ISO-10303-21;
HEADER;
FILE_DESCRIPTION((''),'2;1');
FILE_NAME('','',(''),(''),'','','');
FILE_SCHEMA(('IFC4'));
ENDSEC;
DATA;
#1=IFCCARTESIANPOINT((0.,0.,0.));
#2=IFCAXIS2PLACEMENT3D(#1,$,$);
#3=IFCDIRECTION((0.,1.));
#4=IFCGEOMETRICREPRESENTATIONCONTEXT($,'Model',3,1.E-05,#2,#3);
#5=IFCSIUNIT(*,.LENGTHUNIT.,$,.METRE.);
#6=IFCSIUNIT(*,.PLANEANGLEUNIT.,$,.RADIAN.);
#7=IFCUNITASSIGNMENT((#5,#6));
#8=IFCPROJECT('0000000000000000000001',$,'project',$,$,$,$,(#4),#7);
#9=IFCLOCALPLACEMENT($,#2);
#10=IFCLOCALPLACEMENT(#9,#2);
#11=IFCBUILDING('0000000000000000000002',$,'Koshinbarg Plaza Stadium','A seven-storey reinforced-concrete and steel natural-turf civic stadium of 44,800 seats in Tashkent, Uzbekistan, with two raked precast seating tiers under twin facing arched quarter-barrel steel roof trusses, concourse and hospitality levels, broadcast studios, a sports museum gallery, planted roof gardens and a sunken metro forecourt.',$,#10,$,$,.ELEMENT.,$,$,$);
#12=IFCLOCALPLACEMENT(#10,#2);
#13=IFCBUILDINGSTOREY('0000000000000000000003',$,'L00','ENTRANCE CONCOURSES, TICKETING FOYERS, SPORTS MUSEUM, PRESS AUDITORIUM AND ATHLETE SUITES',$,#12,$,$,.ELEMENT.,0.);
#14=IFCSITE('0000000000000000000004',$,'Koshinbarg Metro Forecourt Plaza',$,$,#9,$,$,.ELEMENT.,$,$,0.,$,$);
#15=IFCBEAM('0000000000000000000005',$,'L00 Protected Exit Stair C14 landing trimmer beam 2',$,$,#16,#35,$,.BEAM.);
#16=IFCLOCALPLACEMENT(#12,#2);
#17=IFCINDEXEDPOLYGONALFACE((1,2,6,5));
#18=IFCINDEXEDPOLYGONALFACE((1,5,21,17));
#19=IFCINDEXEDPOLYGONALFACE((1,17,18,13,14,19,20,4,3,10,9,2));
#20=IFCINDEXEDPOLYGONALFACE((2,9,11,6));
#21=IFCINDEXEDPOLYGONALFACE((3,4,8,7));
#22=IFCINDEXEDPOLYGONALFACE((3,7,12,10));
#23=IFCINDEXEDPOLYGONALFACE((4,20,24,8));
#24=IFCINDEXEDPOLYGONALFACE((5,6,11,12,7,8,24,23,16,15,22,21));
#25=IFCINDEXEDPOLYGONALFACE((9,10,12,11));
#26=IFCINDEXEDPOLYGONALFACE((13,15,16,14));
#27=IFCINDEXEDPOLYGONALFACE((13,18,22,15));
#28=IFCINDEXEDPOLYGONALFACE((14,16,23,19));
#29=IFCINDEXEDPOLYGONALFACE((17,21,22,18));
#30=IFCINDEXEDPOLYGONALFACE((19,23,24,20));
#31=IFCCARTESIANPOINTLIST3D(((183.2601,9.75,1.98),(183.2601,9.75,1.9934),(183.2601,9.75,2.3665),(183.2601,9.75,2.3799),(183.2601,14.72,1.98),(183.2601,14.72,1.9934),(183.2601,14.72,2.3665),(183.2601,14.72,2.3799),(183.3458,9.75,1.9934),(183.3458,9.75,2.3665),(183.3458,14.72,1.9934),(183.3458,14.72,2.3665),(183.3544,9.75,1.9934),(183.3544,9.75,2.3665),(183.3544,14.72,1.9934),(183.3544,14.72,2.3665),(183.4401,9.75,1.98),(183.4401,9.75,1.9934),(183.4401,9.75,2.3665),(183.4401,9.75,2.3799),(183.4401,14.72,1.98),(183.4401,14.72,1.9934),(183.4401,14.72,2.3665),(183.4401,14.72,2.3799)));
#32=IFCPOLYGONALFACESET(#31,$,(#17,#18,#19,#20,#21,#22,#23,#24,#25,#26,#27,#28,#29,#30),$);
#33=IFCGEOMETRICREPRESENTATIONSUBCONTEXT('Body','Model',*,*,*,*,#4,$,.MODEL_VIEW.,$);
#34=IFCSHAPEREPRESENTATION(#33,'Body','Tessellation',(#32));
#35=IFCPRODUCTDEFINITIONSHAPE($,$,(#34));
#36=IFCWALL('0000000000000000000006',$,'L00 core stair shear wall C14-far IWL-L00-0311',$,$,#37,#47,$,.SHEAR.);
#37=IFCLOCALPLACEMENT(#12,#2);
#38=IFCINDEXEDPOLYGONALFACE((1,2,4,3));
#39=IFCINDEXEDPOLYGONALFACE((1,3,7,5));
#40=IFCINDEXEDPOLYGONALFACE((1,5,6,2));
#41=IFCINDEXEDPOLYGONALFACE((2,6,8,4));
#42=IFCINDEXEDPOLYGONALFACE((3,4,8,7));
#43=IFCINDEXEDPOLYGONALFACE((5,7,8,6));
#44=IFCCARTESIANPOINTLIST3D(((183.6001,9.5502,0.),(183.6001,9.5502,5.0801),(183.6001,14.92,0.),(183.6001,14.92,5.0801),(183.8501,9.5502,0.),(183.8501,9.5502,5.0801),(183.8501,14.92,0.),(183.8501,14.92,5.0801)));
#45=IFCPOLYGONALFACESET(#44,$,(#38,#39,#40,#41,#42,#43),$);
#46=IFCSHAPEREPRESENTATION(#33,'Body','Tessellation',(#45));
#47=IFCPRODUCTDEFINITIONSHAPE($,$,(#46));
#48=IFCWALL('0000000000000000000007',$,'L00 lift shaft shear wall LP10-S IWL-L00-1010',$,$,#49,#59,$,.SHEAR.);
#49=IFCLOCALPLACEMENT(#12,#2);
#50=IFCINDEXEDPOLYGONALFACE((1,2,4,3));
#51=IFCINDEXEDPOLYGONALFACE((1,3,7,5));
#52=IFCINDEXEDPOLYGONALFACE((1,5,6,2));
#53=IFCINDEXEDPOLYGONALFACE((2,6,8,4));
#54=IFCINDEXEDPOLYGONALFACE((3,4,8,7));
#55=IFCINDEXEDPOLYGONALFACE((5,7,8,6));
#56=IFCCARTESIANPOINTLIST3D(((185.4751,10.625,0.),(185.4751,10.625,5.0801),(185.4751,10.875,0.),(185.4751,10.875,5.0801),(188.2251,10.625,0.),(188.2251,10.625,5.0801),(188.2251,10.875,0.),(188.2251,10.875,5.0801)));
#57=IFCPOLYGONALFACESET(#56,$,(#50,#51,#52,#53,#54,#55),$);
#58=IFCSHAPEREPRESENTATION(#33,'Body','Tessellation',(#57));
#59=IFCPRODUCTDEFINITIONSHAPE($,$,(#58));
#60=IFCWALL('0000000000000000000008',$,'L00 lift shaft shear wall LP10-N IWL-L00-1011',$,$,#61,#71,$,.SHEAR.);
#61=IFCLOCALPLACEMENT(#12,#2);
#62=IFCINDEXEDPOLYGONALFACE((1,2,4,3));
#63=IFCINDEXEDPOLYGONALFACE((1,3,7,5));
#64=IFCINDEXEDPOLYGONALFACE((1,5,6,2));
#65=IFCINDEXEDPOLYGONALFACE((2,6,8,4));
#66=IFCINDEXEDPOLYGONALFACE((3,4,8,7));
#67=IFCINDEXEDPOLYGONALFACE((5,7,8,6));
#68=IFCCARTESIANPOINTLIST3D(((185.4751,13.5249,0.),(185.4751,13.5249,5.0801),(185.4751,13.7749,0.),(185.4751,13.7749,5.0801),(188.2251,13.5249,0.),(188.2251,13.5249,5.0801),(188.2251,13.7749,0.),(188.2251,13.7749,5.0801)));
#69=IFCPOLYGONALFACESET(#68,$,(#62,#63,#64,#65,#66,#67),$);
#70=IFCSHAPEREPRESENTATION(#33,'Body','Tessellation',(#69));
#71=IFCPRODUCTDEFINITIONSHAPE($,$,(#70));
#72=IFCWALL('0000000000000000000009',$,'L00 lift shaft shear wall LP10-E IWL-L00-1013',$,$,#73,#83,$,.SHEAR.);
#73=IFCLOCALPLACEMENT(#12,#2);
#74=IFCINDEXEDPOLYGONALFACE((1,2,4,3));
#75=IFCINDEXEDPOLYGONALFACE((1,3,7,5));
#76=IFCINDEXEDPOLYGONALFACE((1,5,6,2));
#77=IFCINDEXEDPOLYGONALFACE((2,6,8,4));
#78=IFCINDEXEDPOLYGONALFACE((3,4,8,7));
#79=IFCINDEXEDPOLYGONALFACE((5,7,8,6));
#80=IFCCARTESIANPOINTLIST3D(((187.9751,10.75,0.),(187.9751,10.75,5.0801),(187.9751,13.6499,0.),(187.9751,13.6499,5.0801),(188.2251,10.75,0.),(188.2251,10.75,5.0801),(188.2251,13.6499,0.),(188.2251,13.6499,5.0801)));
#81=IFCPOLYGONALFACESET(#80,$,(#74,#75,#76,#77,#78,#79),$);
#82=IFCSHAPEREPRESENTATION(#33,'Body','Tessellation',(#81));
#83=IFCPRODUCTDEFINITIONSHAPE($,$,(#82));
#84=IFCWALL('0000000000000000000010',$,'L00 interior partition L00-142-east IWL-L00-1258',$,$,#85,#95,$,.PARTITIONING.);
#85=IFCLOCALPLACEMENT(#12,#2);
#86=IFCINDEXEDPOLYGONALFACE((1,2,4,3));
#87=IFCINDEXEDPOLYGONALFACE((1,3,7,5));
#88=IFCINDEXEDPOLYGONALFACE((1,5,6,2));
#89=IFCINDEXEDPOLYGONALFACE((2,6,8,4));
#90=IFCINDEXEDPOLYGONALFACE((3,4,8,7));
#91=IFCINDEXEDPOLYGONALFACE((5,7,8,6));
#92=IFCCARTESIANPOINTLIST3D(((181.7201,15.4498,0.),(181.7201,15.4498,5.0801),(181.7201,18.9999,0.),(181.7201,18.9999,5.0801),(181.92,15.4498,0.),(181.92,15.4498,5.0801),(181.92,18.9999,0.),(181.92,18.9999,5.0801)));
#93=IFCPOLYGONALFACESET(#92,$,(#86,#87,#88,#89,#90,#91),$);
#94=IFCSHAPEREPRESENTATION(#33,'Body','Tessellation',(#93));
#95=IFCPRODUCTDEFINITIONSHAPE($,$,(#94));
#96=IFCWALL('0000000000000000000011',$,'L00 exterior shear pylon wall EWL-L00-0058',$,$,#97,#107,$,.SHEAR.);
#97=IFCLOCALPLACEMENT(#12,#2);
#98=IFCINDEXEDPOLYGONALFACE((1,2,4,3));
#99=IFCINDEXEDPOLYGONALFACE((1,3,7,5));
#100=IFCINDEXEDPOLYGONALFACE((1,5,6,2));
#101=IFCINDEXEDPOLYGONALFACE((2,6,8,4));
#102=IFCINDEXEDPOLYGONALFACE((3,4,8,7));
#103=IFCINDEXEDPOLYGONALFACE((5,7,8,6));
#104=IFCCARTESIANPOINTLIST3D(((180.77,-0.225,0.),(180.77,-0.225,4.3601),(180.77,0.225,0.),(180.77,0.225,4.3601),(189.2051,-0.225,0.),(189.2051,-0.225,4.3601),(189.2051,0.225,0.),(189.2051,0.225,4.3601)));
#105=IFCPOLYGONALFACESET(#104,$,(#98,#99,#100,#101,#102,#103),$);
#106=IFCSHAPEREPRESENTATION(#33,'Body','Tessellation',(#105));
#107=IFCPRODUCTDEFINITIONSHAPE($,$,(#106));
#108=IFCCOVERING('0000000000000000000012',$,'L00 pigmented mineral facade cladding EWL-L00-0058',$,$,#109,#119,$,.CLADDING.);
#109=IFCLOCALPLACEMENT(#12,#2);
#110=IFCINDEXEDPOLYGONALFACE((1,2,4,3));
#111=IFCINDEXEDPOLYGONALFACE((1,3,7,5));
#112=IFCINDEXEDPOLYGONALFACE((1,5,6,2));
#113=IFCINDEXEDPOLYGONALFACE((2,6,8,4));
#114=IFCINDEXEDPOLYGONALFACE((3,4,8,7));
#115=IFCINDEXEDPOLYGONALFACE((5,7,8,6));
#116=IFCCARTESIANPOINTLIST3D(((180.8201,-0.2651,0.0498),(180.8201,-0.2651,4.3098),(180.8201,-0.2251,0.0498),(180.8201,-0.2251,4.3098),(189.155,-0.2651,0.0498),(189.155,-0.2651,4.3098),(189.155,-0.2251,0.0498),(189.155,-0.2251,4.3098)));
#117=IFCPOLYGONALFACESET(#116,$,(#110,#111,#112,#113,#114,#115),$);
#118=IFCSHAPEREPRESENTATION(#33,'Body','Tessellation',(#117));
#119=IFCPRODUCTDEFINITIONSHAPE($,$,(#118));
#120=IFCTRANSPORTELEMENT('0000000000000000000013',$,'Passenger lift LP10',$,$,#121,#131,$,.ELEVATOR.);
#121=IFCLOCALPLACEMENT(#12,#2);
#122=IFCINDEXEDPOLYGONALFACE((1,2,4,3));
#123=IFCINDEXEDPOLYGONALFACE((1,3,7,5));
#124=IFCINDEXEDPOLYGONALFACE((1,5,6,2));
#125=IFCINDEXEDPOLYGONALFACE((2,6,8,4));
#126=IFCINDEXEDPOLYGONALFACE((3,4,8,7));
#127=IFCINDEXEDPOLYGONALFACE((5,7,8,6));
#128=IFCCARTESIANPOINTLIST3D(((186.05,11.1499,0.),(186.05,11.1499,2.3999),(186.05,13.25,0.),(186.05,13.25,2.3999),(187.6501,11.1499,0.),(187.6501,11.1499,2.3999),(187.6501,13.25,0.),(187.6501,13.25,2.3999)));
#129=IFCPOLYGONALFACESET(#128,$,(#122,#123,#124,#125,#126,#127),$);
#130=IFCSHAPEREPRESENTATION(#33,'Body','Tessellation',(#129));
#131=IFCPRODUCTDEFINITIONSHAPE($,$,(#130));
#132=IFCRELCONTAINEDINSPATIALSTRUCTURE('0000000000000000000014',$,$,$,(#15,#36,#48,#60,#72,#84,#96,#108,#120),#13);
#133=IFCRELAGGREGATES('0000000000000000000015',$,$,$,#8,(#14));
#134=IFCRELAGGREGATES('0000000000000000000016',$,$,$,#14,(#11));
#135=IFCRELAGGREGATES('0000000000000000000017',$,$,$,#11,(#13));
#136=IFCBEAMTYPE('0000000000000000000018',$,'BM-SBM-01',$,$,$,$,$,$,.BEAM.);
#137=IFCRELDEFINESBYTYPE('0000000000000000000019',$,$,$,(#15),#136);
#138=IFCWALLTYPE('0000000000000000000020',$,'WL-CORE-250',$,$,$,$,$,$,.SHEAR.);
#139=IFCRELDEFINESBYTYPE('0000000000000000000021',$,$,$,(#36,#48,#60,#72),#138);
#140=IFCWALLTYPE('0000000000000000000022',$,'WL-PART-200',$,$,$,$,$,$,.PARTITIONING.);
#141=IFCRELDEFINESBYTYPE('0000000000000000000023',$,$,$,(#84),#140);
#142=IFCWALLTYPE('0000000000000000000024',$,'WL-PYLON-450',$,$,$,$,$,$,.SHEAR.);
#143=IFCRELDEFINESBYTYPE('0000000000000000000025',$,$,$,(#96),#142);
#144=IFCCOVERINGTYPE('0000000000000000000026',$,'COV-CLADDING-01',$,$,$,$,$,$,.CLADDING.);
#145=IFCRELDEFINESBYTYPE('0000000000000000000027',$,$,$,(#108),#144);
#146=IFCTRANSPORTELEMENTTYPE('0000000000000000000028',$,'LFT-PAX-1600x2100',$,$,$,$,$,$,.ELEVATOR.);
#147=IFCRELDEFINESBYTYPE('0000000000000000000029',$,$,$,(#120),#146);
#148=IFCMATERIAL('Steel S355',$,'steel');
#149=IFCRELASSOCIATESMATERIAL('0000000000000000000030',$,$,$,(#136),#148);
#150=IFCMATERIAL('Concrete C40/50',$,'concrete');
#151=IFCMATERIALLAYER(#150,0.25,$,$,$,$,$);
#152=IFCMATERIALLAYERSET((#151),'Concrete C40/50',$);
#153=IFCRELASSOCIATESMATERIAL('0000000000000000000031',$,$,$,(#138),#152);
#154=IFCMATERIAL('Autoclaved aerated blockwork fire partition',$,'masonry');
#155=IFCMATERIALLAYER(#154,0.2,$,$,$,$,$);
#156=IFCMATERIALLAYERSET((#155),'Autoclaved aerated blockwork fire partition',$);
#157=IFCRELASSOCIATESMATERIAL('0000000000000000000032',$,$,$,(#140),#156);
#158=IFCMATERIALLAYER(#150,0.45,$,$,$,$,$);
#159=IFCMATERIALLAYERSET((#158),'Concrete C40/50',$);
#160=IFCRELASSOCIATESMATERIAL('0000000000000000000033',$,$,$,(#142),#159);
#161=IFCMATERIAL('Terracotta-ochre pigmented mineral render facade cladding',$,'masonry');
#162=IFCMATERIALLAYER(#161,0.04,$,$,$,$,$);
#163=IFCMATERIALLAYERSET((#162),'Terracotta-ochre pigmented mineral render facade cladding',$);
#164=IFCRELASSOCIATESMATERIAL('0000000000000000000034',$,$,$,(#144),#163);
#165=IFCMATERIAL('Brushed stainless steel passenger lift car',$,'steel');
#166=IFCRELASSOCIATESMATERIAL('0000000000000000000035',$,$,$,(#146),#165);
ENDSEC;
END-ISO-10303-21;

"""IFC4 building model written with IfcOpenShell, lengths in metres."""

from ifc_helpers import new_model, si_unit, direction, frame, frame_2d, origin, origin_2d, place, context, subcontext, project, spatial, rectangle, i_section, extrude, material, layer, layer_set, material_profile, profile_set, type_object, element, save


model = new_model("IFC4")

# Units and contexts
model_context = context("Model", 3, precision=1e-05, world=origin(), true_north=direction((0.0, 1.0)))
body_context = subcontext(model_context, "Body", "Model", "MODEL_VIEW")
ifc_project = project(units=[si_unit("LENGTHUNIT", "METRE"), si_unit("PLANEANGLEUNIT", "RADIAN")], contexts=[model_context])

# Site, building, storey
site_placement = place(None, origin())
site = spatial("IfcSite", under=ifc_project, at=site_placement, Name="Koshinbarg Metro Forecourt Plaza", CompositionType="ELEMENT", RefElevation=0.0)
building_placement = place(site_placement, origin())
building = spatial("IfcBuilding", under=site, at=building_placement, Name="Koshinbarg Plaza Stadium", Description="A seven-storey reinforced-concrete and steel natural-turf civic stadium of 44,800 seats in Tashkent, Uzbekistan, with two raked precast seating tiers under twin facing arched quarter-barrel steel roof trusses, concourse and hospitality levels, broadcast studios, a sports museum gallery, planted roof gardens and a sunken metro forecourt.", CompositionType="ELEMENT")
storey_placement = place(building_placement, origin())
storey = spatial("IfcBuildingStorey", under=building, at=storey_placement, Name="L00", Description="ENTRANCE CONCOURSES, TICKETING FOYERS, SPORTS MUSEUM, PRESS AUDITORIUM AND ATHLETE SUITES", CompositionType="ELEMENT", Elevation=0.0)

# Shared definitions
ifc_material_1 = material(Name="Concrete C40/50", Category="concrete")

# Beam
ifc_material_2 = material(Name="Steel S355", Category="steel")
ifc_material_profile_1 = material_profile(ifc_material_2, i_section(OverallWidth=0.1799, OverallDepth=0.3999, WebThickness=0.0085, FlangeThickness=0.0134, at=origin_2d()), Name="IPE 400")
ifc_profile_set_1 = profile_set([ifc_material_profile_1], Name="Steel S355")
beam_type = type_object("IfcBeamType", Name="BM-SBM-01", PredefinedType="BEAM", material=ifc_profile_set_1)
beam_placement = place(storey_placement, frame((183.3501, 9.75, 2.1799), z_axis=(0.0, 1.0, 0.0), x_axis=(-1.0, 0.0, 0.0)))
element("IfcBeam", 1, at=beam_placement, inside=storey, type_object=beam_type, Name="L00 Protected Exit Stair C14 landing trimmer beam 2", PredefinedType="BEAM", context=body_context, shape_type="SweptSolid", body=[
    extrude(i_section(OverallWidth=0.1799, OverallDepth=0.3999, WebThickness=0.0085, FlangeThickness=0.0134, at=origin_2d()), origin(), (0.0, 0.0, 1.0), 4.97),
])

# Walls
ifc_layer_1 = layer(ifc_material_1, 0.25)
ifc_layer_set_1 = layer_set([ifc_layer_1], Name="Concrete C40/50")
wall_type_1 = type_object("IfcWallType", Name="WL-CORE-250", PredefinedType="SHEAR", material=ifc_layer_set_1)
wall_1_placement = place(storey_placement, frame((183.7251, 9.55, 0.0), z_axis=(0.0, 0.0, 1.0), x_axis=(0.0, 1.0, 0.0)))
element("IfcWall", 2, at=wall_1_placement, inside=storey, type_object=wall_type_1, Name="L00 core stair shear wall C14-far IWL-L00-0311", PredefinedType="SHEAR", context=body_context, shape_type="SweptSolid", body=[
    extrude(rectangle(XDim=5.3699, YDim=0.25, at=frame_2d((2.6851, 0.0))), origin(), (0.0, 0.0, 1.0), 5.0801),
])
for number, where, z_axis, x_axis, name in (
    (3, (185.4751, 10.75, 0.0), (0.0, 0.0, 1.0), (1.0, 0.0, 0.0), "L00 lift shaft shear wall LP10-S IWL-L00-1010"),
    (4, (188.2251, 13.6499, 0.0), (0.0, 0.0, 1.0), (-1.0, 0.0, 0.0), "L00 lift shaft shear wall LP10-N IWL-L00-1011"),
):
    element("IfcWall", number, at=place(storey_placement, frame(where, z_axis=z_axis, x_axis=x_axis)), inside=storey, type_object=wall_type_1, Name=name, PredefinedType="SHEAR", context=body_context, shape_type="SweptSolid", body=[
        extrude(rectangle(XDim=2.75, YDim=0.25, at=frame_2d((1.375, 0.0))), origin(), (0.0, 0.0, 1.0), 5.0801),
    ])

# Walls
wall_2_placement = place(storey_placement, frame((188.1001, 10.75, 0.0), z_axis=(0.0, 0.0, 1.0), x_axis=(0.0, 1.0, 0.0)))
element("IfcWall", 5, at=wall_2_placement, inside=storey, type_object=wall_type_1, Name="L00 lift shaft shear wall LP10-E IWL-L00-1013", PredefinedType="SHEAR", context=body_context, shape_type="SweptSolid", body=[
    extrude(rectangle(XDim=2.8999, YDim=0.25, at=frame_2d((1.45, 0.0))), origin(), (0.0, 0.0, 1.0), 5.0801),
])
ifc_material_3 = material(Name="Autoclaved aerated blockwork fire partition", Category="masonry")
ifc_layer_2 = layer(ifc_material_3, 0.2)
ifc_layer_set_2 = layer_set([ifc_layer_2], Name="Autoclaved aerated blockwork fire partition")
wall_type_2 = type_object("IfcWallType", Name="WL-PART-200", PredefinedType="PARTITIONING", material=ifc_layer_set_2)
wall_3_placement = place(storey_placement, frame((181.8201, 15.45, 0.0), z_axis=(0.0, 0.0, 1.0), x_axis=(0.0, 1.0, 0.0)))
element("IfcWall", 6, at=wall_3_placement, inside=storey, type_object=wall_type_2, Name="L00 interior partition L00-142-east IWL-L00-1258", PredefinedType="PARTITIONING", context=body_context, shape_type="SweptSolid", body=[
    extrude(rectangle(XDim=3.55, YDim=0.2, at=frame_2d((1.7749, 0.0))), origin(), (0.0, 0.0, 1.0), 5.0801),
])
ifc_layer_3 = layer(ifc_material_1, 0.45)
ifc_layer_set_3 = layer_set([ifc_layer_3], Name="Concrete C40/50")
wall_type_3 = type_object("IfcWallType", Name="WL-PYLON-450", PredefinedType="SHEAR", material=ifc_layer_set_3)
wall_4_placement = place(storey_placement, frame((189.2051, 0.0, 0.0), z_axis=(0.0, 0.0, 1.0), x_axis=(-1.0, 0.0, 0.0)))
element("IfcWall", 7, at=wall_4_placement, inside=storey, type_object=wall_type_3, Name="L00 exterior shear pylon wall EWL-L00-0058", PredefinedType="SHEAR", context=body_context, shape_type="SweptSolid", body=[
    extrude(rectangle(XDim=8.4351, YDim=0.45, at=frame_2d((4.2175, 0.0))), origin(), (0.0, 0.0, 1.0), 4.3601),
])

# Covering
ifc_material_4 = material(Name="Terracotta-ochre pigmented mineral render facade cladding", Category="masonry")
ifc_layer_4 = layer(ifc_material_4, 0.04)
ifc_layer_set_4 = layer_set([ifc_layer_4], Name="Terracotta-ochre pigmented mineral render facade cladding")
covering_type = type_object("IfcCoveringType", Name="COV-CLADDING-01", PredefinedType="CLADDING", material=ifc_layer_set_4)
covering_placement = place(storey_placement, frame((184.9875, -0.2451, 0.0498), z_axis=(0.0, 0.0, 1.0), x_axis=(-1.0, 0.0, 0.0)))
element("IfcCovering", 8, at=covering_placement, inside=storey, type_object=covering_type, Name="L00 pigmented mineral facade cladding EWL-L00-0058", PredefinedType="CLADDING", context=body_context, shape_type="SweptSolid", body=[
    extrude(rectangle(XDim=8.335, YDim=0.04, at=origin_2d()), origin(), (0.0, 0.0, 1.0), 4.26),
])

# Transport element
ifc_material_5 = material(Name="Brushed stainless steel passenger lift car", Category="steel")
transport_element_type = type_object("IfcTransportElementType", Name="LFT-PAX-1600x2100", PredefinedType="ELEVATOR", material=ifc_material_5)
transport_element_placement = place(storey_placement, frame((186.8501, 12.2, 0.0), z_axis=(0.0, 0.0, 1.0), x_axis=(1.0, 0.0, 0.0)))
element("IfcTransportElement", 9, at=transport_element_placement, inside=storey, type_object=transport_element_type, Name="Passenger lift LP10", PredefinedType="ELEVATOR", context=body_context, shape_type="SweptSolid", body=[
    extrude(rectangle(XDim=1.6001, YDim=2.1001, at=origin_2d()), origin(), (0.0, 0.0, 1.0), 2.3999),
])

save(model, "model.ifc")
